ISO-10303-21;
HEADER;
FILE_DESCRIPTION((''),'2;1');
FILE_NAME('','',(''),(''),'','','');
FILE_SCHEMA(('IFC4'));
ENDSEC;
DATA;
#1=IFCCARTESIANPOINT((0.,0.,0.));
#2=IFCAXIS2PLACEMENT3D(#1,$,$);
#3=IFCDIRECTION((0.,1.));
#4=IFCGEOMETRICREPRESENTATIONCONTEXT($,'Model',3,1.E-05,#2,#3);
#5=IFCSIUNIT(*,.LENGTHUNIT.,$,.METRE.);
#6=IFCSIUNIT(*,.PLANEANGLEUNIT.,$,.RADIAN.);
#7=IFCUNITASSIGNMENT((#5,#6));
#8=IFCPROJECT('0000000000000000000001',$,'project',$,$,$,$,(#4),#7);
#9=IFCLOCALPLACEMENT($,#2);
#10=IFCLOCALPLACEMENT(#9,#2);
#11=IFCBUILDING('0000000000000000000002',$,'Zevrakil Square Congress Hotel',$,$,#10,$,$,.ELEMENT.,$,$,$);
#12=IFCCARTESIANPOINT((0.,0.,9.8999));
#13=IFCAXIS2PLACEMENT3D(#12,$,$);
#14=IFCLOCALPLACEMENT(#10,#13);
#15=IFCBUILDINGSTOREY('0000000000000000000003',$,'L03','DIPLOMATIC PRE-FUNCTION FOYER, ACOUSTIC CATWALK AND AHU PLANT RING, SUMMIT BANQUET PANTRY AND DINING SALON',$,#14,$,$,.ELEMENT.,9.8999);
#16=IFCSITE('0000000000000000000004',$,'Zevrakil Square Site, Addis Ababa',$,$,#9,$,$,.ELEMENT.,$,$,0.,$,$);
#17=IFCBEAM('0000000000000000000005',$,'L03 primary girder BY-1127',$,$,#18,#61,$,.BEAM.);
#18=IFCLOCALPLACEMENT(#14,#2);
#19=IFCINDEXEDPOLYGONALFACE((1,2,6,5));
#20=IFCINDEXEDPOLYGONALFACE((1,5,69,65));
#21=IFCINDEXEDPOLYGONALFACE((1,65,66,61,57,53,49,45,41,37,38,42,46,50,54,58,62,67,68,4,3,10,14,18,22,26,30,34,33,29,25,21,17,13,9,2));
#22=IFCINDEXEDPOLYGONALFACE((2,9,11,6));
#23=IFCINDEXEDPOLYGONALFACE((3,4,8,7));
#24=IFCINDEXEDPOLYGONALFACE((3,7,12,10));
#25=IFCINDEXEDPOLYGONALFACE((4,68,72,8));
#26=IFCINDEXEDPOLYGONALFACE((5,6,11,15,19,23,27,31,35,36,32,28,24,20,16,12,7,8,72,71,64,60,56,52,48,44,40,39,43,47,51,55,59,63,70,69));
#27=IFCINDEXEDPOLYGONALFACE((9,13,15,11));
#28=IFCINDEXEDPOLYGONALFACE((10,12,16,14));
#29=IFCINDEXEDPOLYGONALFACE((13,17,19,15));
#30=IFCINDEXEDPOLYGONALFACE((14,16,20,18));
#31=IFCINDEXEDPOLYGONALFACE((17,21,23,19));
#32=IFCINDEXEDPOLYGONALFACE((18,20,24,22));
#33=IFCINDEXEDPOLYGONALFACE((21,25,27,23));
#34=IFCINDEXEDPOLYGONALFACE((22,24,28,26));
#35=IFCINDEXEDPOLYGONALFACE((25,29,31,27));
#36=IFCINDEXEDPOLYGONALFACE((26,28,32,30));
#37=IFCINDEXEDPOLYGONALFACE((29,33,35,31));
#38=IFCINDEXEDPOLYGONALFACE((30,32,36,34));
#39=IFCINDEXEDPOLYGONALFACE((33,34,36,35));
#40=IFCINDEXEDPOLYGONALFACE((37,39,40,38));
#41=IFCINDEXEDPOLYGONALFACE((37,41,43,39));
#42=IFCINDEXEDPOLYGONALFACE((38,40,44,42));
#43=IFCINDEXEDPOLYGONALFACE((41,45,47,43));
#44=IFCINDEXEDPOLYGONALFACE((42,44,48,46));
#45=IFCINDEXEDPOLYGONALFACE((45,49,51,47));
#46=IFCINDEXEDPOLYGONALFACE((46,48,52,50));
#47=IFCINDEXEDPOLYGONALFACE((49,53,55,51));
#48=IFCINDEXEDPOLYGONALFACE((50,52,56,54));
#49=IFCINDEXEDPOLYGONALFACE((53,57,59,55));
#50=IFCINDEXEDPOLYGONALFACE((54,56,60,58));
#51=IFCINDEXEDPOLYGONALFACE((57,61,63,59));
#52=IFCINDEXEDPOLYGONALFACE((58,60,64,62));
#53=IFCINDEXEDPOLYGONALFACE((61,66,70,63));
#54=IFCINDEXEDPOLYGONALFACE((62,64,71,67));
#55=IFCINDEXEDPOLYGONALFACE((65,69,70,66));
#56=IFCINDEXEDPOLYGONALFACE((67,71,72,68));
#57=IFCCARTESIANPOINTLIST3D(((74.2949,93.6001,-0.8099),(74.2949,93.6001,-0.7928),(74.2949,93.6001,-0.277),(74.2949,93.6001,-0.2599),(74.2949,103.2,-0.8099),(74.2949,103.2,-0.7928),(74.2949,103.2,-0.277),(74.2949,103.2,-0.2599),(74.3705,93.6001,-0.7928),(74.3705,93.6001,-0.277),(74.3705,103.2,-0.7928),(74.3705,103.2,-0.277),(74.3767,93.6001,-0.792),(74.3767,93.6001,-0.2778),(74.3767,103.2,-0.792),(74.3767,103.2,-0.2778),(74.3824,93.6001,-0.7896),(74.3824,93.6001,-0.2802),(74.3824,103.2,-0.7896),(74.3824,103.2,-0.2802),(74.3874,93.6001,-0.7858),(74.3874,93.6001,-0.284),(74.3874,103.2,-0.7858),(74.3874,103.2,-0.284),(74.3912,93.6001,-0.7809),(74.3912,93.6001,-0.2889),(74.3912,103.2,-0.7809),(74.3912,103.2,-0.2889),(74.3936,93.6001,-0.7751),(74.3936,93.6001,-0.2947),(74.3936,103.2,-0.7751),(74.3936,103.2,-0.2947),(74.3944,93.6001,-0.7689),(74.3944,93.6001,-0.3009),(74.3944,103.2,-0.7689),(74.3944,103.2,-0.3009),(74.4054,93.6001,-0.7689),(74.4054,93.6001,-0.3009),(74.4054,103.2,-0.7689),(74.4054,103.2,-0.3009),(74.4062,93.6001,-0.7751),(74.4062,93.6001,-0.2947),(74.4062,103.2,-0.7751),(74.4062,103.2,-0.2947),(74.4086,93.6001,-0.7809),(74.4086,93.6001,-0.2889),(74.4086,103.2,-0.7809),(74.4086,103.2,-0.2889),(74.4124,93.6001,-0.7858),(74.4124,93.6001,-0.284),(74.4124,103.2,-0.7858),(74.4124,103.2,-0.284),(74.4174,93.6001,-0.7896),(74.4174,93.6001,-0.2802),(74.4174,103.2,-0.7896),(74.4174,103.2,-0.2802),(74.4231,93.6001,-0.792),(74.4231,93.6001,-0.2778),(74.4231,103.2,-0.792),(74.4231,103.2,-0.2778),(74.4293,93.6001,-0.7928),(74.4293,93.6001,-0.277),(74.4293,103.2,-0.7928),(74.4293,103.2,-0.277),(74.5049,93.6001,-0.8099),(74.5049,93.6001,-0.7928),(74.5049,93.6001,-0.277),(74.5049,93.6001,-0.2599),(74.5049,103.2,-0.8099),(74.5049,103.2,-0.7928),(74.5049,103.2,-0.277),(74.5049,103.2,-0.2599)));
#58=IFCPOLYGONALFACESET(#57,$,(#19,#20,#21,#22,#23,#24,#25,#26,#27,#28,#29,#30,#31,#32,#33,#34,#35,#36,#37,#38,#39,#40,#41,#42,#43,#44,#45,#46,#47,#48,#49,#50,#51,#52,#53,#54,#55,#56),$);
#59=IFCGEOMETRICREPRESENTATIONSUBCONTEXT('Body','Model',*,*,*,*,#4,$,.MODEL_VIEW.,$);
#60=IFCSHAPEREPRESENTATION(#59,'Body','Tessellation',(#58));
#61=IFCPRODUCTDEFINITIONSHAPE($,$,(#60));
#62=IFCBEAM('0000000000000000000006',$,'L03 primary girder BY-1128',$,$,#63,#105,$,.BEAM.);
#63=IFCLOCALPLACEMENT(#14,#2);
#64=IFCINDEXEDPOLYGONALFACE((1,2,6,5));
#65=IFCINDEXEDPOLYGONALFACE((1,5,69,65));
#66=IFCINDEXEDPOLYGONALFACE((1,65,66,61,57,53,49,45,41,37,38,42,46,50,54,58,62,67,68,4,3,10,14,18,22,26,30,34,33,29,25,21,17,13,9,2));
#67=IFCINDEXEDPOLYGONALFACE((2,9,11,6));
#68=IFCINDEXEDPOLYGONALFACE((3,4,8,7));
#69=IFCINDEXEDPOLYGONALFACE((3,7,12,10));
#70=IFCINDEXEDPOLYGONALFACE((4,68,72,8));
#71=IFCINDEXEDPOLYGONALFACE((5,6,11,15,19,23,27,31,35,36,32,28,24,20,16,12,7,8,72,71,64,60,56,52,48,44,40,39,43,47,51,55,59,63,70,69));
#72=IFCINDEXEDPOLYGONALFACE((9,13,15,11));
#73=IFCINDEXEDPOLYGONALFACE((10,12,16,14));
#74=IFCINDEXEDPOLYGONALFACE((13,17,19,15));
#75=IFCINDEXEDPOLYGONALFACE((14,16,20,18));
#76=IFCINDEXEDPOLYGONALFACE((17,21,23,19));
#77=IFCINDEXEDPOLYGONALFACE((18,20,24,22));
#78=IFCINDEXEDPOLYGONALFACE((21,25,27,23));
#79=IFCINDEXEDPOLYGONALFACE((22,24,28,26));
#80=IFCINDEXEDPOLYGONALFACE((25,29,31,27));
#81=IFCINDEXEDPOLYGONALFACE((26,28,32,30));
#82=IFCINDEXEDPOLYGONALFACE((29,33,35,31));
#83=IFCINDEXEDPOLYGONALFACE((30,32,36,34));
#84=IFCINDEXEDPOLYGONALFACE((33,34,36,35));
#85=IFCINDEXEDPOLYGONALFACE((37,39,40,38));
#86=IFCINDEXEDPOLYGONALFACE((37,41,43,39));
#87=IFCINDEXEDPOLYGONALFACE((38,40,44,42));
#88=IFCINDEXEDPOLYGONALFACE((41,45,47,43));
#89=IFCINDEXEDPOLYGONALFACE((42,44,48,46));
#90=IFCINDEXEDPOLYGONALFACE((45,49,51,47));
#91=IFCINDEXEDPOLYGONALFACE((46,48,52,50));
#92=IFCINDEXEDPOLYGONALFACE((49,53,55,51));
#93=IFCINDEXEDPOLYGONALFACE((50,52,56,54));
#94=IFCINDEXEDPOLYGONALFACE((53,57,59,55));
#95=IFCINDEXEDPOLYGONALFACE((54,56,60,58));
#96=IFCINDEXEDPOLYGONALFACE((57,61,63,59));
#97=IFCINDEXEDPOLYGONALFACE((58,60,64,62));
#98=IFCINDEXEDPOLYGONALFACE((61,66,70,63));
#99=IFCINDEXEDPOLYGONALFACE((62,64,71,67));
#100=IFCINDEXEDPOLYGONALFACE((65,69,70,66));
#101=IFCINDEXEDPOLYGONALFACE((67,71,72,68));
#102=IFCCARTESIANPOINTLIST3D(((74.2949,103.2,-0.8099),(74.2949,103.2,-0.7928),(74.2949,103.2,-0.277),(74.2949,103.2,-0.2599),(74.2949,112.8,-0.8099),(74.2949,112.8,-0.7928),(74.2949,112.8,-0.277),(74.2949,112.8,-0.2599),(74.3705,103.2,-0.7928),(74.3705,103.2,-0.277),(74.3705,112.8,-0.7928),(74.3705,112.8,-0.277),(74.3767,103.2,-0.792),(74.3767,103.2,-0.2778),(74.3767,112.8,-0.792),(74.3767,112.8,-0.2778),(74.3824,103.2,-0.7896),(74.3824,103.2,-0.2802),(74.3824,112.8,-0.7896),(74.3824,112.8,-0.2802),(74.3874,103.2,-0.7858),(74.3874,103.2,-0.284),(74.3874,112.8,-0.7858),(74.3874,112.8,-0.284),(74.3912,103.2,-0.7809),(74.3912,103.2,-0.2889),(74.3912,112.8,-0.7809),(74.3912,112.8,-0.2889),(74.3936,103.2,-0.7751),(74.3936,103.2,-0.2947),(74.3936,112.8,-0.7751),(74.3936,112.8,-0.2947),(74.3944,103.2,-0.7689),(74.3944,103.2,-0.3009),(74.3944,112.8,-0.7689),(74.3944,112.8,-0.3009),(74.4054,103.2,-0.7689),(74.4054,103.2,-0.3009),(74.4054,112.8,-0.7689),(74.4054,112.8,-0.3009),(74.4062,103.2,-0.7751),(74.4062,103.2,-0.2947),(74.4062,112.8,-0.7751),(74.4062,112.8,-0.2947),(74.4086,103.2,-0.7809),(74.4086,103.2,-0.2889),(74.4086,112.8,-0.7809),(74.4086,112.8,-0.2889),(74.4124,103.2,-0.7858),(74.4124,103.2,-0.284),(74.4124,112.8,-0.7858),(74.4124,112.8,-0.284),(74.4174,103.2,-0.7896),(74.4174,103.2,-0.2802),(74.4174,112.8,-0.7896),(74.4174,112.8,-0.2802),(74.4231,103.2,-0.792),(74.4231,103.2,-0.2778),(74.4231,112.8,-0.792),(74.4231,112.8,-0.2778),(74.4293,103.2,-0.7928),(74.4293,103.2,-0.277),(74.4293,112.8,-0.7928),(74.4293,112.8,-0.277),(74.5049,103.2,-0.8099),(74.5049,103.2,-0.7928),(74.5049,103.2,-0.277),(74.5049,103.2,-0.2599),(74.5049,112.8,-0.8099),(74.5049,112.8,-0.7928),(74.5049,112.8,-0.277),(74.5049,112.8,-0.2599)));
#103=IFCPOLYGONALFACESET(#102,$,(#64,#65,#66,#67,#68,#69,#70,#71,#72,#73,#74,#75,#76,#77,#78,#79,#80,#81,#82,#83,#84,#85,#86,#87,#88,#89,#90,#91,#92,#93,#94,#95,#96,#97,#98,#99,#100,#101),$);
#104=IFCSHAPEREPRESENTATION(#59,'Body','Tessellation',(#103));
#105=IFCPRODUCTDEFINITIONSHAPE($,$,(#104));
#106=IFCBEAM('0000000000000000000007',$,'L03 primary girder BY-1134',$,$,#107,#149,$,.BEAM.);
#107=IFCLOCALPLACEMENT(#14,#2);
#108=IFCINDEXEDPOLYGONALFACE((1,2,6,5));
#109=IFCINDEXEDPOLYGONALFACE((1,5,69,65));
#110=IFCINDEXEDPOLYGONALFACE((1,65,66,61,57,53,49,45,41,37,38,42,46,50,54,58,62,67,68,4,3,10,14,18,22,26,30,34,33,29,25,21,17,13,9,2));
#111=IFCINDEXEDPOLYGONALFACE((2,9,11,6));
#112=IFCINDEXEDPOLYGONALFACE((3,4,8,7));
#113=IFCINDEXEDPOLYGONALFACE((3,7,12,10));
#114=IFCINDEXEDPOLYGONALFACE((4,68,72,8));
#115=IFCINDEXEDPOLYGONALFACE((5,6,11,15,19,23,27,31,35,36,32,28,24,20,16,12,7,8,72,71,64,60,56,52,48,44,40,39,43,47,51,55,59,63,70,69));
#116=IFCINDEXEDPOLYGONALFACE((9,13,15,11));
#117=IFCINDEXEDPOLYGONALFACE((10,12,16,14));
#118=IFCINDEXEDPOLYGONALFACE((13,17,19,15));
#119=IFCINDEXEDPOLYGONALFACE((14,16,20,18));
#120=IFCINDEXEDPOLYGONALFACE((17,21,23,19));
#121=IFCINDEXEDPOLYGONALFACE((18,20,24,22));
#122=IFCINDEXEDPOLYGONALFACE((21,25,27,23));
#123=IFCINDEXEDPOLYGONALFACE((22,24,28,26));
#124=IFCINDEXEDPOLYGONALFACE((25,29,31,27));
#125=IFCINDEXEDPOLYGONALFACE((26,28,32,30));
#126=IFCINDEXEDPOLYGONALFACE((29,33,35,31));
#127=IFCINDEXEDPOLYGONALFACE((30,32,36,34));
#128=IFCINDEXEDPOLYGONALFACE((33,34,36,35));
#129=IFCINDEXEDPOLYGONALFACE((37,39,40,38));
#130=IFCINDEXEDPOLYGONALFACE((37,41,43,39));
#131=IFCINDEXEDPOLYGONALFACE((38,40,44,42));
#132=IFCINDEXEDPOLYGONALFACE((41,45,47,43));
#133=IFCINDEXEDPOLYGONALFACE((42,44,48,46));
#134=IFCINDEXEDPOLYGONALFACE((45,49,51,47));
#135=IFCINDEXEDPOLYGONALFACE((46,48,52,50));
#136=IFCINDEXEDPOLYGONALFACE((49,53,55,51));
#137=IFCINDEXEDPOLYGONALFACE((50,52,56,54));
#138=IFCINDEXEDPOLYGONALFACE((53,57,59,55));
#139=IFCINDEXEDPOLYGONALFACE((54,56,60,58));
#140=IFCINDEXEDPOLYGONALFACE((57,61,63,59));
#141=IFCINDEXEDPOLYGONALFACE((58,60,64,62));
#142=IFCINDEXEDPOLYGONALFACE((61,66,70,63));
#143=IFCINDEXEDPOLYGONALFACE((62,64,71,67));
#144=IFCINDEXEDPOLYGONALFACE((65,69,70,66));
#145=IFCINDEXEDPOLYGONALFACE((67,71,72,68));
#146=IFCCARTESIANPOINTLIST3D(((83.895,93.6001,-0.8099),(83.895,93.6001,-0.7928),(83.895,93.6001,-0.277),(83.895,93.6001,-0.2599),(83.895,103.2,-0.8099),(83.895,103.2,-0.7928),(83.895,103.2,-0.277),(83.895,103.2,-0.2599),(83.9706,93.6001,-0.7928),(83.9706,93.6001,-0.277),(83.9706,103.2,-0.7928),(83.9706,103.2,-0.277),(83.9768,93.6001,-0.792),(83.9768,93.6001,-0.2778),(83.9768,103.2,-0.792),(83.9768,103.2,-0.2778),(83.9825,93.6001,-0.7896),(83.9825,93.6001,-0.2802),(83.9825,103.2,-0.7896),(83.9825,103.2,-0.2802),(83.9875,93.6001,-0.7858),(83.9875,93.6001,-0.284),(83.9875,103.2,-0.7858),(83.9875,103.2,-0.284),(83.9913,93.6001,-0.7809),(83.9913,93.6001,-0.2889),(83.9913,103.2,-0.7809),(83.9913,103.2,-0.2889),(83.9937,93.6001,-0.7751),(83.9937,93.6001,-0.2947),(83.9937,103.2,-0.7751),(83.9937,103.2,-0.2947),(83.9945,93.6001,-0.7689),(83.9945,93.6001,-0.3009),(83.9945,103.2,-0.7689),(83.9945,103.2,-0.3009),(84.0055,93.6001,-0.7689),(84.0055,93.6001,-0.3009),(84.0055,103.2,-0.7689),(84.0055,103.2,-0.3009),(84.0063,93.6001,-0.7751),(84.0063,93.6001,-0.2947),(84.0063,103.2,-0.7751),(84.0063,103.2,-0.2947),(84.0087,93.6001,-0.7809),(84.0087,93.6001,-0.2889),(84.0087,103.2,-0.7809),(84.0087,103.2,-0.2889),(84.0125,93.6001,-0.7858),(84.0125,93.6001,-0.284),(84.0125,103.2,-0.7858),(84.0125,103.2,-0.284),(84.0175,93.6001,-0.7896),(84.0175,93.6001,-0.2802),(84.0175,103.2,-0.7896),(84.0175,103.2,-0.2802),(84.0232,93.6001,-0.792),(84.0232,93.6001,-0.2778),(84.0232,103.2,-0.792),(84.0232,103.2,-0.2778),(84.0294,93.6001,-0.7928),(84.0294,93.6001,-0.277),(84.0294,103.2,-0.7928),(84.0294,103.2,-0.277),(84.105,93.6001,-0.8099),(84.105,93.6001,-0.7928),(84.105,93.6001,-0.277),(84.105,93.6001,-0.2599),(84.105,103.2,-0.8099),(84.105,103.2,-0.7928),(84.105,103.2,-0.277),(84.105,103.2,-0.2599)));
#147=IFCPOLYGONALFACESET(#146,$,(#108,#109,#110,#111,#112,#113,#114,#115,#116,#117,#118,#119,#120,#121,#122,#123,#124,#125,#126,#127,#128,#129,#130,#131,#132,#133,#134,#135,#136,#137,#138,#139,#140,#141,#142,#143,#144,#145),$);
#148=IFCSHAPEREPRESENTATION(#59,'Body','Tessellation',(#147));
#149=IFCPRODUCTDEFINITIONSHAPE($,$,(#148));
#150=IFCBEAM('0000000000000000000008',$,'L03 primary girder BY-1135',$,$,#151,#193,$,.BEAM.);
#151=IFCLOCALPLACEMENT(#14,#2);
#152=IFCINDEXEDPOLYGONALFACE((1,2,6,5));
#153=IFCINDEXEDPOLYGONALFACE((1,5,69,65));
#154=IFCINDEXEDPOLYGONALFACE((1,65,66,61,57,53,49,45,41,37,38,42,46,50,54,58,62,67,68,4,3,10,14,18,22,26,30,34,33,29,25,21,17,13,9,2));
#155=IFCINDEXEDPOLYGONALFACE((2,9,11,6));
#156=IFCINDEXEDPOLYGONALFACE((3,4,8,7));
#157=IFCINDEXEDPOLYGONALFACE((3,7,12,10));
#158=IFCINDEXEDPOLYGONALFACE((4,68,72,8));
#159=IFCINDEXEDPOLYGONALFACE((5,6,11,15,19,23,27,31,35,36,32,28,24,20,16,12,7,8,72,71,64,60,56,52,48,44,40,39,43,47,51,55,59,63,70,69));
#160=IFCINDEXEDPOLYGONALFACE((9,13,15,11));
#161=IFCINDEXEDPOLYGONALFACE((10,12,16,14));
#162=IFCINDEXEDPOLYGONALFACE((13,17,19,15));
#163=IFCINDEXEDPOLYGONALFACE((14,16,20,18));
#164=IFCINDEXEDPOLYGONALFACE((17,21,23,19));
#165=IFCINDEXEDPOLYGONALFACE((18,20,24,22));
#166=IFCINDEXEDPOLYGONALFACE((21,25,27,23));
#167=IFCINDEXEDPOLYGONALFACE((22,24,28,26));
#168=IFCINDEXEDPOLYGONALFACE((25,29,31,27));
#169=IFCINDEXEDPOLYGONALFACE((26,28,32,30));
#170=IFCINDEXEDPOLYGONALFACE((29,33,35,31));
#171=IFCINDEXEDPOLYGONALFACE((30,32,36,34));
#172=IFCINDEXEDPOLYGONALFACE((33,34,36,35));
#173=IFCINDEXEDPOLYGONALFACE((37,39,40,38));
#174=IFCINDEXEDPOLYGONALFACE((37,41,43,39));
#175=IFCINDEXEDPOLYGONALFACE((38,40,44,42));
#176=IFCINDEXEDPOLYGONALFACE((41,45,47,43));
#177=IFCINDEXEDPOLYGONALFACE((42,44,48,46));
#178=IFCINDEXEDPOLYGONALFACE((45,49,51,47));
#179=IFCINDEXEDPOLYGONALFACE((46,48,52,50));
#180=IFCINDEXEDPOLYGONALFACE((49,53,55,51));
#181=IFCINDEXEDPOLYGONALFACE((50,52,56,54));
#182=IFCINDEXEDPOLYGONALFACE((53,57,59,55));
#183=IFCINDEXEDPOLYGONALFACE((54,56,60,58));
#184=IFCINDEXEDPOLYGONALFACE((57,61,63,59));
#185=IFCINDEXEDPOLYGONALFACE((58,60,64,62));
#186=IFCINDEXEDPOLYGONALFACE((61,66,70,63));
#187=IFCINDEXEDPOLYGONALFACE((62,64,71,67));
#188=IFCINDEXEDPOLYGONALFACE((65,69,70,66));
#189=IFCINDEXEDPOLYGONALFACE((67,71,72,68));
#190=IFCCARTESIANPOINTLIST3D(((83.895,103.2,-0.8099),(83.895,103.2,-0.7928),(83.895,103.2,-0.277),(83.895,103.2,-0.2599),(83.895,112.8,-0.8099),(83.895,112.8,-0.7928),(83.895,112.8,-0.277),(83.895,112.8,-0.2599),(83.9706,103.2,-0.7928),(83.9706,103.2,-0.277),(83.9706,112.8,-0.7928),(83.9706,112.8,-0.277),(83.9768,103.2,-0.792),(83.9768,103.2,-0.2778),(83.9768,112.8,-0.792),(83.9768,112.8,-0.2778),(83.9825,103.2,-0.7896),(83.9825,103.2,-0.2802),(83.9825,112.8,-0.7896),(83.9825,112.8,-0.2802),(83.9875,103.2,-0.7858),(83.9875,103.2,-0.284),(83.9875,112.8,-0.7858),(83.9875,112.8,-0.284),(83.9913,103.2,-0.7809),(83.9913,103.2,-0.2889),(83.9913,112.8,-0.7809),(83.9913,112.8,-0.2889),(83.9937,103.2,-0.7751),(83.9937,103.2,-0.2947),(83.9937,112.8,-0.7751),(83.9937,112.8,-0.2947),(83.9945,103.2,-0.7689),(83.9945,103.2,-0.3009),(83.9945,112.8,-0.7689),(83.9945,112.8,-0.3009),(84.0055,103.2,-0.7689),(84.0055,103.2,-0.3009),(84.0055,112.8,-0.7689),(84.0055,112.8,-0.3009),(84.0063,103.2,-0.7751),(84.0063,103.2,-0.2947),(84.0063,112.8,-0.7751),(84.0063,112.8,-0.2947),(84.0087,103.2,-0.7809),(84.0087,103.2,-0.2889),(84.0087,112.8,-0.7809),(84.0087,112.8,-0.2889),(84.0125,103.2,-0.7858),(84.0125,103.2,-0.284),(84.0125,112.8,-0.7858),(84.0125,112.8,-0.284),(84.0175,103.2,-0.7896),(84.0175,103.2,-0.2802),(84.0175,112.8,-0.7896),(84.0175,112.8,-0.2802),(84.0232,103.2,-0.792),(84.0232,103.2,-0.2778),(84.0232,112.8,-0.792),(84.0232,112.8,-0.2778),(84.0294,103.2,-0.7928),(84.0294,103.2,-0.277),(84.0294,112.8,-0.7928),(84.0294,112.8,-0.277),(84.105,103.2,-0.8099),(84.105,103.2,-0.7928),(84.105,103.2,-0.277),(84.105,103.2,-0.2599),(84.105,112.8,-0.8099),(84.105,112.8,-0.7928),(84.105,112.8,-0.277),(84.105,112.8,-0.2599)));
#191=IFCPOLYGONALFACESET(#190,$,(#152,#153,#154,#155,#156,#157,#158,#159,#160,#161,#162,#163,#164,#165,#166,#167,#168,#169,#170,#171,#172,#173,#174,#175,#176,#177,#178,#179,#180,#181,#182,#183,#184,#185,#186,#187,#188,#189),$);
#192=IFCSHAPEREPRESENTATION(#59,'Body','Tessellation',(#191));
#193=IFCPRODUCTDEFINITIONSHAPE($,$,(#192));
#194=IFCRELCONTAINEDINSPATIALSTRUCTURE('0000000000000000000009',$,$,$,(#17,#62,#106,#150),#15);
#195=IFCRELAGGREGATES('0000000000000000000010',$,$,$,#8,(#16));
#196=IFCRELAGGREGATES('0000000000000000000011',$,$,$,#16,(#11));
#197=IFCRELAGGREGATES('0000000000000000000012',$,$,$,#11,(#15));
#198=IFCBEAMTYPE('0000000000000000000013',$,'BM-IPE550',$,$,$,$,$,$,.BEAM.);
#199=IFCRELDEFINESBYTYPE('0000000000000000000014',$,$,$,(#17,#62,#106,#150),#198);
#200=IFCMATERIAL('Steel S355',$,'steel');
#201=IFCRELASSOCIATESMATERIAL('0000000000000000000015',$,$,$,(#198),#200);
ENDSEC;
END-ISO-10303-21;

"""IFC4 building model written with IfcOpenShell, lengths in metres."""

from ifc_helpers import new_model, si_unit, direction, frame, origin, origin_2d, place, context, subcontext, project, spatial, i_section, extrude, material, material_profile, profile_set, type_object, element, save


model = new_model("IFC4")

# Units and contexts
model_context = context("Model", 3, precision=1e-05, world=origin(), true_north=direction((0.0, 1.0)))
body_context = subcontext(model_context, "Body", "Model", "MODEL_VIEW")
ifc_project = project(units=[si_unit("LENGTHUNIT", "METRE"), si_unit("PLANEANGLEUNIT", "RADIAN")], contexts=[model_context])

# Site, building, storey
site_placement = place(None, origin())
site = spatial("IfcSite", under=ifc_project, at=site_placement, Name="Zevrakil Square Site, Addis Ababa", CompositionType="ELEMENT", RefElevation=0.0)
building_placement = place(site_placement, origin())
building = spatial("IfcBuilding", under=site, at=building_placement, Name="Zevrakil Square Congress Hotel", CompositionType="ELEMENT")
storey_placement = place(building_placement, frame((0.0, 0.0, 9.8999)))
storey = spatial("IfcBuildingStorey", under=building, at=storey_placement, Name="L03", Description="DIPLOMATIC PRE-FUNCTION FOYER, ACOUSTIC CATWALK AND AHU PLANT RING, SUMMIT BANQUET PANTRY AND DINING SALON", CompositionType="ELEMENT", Elevation=9.8999)

# Beams
ifc_material_1 = material(Name="Steel S355", Category="steel")
ifc_material_profile_1 = material_profile(ifc_material_1, i_section(OverallWidth=0.21, OverallDepth=0.55, WebThickness=0.011, FlangeThickness=0.0171, FilletRadius=0.0239, at=origin_2d()), Name="IPE 550")
ifc_profile_set_1 = profile_set([ifc_material_profile_1], Name="Steel S355")
beam_type_1 = type_object("IfcBeamType", Name="BM-IPE550", PredefinedType="BEAM", material=ifc_profile_set_1)
beam_1_placement = place(storey_placement, frame((74.3999, 93.6001, -0.5349), z_axis=(0.0, 1.0, 0.0), x_axis=(-1.0, 0.0, 0.0)))
element("IfcBeam", 1, at=beam_1_placement, inside=storey, type_object=beam_type_1, Name="L03 primary girder BY-1127", PredefinedType="BEAM", context=body_context, shape_type="SweptSolid", body=[
    extrude(i_section(OverallWidth=0.21, OverallDepth=0.55, WebThickness=0.011, FlangeThickness=0.0171, FilletRadius=0.0239, at=origin_2d()), origin(), (0.0, 0.0, 1.0), 9.5999),
])
beam_2_placement = place(storey_placement, frame((74.3999, 103.2, -0.5349), z_axis=(0.0, 1.0, 0.0), x_axis=(-1.0, 0.0, 0.0)))
element("IfcBeam", 2, at=beam_2_placement, inside=storey, type_object=beam_type_1, Name="L03 primary girder BY-1128", PredefinedType="BEAM", context=body_context, shape_type="SweptSolid", body=[
    extrude(i_section(OverallWidth=0.21, OverallDepth=0.55, WebThickness=0.011, FlangeThickness=0.0171, FilletRadius=0.0239, at=origin_2d()), origin(), (0.0, 0.0, 1.0), 9.6001),
])
beam_3_placement = place(storey_placement, frame((84.0, 93.6001, -0.5349), z_axis=(0.0, 1.0, 0.0), x_axis=(-1.0, 0.0, 0.0)))
element("IfcBeam", 3, at=beam_3_placement, inside=storey, type_object=beam_type_1, Name="L03 primary girder BY-1134", PredefinedType="BEAM", context=body_context, shape_type="SweptSolid", body=[
    extrude(i_section(OverallWidth=0.21, OverallDepth=0.55, WebThickness=0.011, FlangeThickness=0.0171, FilletRadius=0.0239, at=origin_2d()), origin(), (0.0, 0.0, 1.0), 9.5999),
])
for number, where, z_axis, x_axis, name in (
    (4, (84.0, 103.2, -0.5349), (0.0, 1.0, 0.0), (-1.0, 0.0, 0.0), "L03 primary girder BY-1135"),
):
    element("IfcBeam", number, at=place(storey_placement, frame(where, z_axis=z_axis, x_axis=x_axis)), inside=storey, type_object=beam_type_1, Name=name, PredefinedType="BEAM", context=body_context, shape_type="SweptSolid", body=[
        extrude(i_section(OverallWidth=0.21, OverallDepth=0.55, WebThickness=0.011, FlangeThickness=0.0171, FilletRadius=0.0239, at=origin_2d()), origin(), (0.0, 0.0, 1.0), 9.6001),
    ])

save(model, "model.ifc")
